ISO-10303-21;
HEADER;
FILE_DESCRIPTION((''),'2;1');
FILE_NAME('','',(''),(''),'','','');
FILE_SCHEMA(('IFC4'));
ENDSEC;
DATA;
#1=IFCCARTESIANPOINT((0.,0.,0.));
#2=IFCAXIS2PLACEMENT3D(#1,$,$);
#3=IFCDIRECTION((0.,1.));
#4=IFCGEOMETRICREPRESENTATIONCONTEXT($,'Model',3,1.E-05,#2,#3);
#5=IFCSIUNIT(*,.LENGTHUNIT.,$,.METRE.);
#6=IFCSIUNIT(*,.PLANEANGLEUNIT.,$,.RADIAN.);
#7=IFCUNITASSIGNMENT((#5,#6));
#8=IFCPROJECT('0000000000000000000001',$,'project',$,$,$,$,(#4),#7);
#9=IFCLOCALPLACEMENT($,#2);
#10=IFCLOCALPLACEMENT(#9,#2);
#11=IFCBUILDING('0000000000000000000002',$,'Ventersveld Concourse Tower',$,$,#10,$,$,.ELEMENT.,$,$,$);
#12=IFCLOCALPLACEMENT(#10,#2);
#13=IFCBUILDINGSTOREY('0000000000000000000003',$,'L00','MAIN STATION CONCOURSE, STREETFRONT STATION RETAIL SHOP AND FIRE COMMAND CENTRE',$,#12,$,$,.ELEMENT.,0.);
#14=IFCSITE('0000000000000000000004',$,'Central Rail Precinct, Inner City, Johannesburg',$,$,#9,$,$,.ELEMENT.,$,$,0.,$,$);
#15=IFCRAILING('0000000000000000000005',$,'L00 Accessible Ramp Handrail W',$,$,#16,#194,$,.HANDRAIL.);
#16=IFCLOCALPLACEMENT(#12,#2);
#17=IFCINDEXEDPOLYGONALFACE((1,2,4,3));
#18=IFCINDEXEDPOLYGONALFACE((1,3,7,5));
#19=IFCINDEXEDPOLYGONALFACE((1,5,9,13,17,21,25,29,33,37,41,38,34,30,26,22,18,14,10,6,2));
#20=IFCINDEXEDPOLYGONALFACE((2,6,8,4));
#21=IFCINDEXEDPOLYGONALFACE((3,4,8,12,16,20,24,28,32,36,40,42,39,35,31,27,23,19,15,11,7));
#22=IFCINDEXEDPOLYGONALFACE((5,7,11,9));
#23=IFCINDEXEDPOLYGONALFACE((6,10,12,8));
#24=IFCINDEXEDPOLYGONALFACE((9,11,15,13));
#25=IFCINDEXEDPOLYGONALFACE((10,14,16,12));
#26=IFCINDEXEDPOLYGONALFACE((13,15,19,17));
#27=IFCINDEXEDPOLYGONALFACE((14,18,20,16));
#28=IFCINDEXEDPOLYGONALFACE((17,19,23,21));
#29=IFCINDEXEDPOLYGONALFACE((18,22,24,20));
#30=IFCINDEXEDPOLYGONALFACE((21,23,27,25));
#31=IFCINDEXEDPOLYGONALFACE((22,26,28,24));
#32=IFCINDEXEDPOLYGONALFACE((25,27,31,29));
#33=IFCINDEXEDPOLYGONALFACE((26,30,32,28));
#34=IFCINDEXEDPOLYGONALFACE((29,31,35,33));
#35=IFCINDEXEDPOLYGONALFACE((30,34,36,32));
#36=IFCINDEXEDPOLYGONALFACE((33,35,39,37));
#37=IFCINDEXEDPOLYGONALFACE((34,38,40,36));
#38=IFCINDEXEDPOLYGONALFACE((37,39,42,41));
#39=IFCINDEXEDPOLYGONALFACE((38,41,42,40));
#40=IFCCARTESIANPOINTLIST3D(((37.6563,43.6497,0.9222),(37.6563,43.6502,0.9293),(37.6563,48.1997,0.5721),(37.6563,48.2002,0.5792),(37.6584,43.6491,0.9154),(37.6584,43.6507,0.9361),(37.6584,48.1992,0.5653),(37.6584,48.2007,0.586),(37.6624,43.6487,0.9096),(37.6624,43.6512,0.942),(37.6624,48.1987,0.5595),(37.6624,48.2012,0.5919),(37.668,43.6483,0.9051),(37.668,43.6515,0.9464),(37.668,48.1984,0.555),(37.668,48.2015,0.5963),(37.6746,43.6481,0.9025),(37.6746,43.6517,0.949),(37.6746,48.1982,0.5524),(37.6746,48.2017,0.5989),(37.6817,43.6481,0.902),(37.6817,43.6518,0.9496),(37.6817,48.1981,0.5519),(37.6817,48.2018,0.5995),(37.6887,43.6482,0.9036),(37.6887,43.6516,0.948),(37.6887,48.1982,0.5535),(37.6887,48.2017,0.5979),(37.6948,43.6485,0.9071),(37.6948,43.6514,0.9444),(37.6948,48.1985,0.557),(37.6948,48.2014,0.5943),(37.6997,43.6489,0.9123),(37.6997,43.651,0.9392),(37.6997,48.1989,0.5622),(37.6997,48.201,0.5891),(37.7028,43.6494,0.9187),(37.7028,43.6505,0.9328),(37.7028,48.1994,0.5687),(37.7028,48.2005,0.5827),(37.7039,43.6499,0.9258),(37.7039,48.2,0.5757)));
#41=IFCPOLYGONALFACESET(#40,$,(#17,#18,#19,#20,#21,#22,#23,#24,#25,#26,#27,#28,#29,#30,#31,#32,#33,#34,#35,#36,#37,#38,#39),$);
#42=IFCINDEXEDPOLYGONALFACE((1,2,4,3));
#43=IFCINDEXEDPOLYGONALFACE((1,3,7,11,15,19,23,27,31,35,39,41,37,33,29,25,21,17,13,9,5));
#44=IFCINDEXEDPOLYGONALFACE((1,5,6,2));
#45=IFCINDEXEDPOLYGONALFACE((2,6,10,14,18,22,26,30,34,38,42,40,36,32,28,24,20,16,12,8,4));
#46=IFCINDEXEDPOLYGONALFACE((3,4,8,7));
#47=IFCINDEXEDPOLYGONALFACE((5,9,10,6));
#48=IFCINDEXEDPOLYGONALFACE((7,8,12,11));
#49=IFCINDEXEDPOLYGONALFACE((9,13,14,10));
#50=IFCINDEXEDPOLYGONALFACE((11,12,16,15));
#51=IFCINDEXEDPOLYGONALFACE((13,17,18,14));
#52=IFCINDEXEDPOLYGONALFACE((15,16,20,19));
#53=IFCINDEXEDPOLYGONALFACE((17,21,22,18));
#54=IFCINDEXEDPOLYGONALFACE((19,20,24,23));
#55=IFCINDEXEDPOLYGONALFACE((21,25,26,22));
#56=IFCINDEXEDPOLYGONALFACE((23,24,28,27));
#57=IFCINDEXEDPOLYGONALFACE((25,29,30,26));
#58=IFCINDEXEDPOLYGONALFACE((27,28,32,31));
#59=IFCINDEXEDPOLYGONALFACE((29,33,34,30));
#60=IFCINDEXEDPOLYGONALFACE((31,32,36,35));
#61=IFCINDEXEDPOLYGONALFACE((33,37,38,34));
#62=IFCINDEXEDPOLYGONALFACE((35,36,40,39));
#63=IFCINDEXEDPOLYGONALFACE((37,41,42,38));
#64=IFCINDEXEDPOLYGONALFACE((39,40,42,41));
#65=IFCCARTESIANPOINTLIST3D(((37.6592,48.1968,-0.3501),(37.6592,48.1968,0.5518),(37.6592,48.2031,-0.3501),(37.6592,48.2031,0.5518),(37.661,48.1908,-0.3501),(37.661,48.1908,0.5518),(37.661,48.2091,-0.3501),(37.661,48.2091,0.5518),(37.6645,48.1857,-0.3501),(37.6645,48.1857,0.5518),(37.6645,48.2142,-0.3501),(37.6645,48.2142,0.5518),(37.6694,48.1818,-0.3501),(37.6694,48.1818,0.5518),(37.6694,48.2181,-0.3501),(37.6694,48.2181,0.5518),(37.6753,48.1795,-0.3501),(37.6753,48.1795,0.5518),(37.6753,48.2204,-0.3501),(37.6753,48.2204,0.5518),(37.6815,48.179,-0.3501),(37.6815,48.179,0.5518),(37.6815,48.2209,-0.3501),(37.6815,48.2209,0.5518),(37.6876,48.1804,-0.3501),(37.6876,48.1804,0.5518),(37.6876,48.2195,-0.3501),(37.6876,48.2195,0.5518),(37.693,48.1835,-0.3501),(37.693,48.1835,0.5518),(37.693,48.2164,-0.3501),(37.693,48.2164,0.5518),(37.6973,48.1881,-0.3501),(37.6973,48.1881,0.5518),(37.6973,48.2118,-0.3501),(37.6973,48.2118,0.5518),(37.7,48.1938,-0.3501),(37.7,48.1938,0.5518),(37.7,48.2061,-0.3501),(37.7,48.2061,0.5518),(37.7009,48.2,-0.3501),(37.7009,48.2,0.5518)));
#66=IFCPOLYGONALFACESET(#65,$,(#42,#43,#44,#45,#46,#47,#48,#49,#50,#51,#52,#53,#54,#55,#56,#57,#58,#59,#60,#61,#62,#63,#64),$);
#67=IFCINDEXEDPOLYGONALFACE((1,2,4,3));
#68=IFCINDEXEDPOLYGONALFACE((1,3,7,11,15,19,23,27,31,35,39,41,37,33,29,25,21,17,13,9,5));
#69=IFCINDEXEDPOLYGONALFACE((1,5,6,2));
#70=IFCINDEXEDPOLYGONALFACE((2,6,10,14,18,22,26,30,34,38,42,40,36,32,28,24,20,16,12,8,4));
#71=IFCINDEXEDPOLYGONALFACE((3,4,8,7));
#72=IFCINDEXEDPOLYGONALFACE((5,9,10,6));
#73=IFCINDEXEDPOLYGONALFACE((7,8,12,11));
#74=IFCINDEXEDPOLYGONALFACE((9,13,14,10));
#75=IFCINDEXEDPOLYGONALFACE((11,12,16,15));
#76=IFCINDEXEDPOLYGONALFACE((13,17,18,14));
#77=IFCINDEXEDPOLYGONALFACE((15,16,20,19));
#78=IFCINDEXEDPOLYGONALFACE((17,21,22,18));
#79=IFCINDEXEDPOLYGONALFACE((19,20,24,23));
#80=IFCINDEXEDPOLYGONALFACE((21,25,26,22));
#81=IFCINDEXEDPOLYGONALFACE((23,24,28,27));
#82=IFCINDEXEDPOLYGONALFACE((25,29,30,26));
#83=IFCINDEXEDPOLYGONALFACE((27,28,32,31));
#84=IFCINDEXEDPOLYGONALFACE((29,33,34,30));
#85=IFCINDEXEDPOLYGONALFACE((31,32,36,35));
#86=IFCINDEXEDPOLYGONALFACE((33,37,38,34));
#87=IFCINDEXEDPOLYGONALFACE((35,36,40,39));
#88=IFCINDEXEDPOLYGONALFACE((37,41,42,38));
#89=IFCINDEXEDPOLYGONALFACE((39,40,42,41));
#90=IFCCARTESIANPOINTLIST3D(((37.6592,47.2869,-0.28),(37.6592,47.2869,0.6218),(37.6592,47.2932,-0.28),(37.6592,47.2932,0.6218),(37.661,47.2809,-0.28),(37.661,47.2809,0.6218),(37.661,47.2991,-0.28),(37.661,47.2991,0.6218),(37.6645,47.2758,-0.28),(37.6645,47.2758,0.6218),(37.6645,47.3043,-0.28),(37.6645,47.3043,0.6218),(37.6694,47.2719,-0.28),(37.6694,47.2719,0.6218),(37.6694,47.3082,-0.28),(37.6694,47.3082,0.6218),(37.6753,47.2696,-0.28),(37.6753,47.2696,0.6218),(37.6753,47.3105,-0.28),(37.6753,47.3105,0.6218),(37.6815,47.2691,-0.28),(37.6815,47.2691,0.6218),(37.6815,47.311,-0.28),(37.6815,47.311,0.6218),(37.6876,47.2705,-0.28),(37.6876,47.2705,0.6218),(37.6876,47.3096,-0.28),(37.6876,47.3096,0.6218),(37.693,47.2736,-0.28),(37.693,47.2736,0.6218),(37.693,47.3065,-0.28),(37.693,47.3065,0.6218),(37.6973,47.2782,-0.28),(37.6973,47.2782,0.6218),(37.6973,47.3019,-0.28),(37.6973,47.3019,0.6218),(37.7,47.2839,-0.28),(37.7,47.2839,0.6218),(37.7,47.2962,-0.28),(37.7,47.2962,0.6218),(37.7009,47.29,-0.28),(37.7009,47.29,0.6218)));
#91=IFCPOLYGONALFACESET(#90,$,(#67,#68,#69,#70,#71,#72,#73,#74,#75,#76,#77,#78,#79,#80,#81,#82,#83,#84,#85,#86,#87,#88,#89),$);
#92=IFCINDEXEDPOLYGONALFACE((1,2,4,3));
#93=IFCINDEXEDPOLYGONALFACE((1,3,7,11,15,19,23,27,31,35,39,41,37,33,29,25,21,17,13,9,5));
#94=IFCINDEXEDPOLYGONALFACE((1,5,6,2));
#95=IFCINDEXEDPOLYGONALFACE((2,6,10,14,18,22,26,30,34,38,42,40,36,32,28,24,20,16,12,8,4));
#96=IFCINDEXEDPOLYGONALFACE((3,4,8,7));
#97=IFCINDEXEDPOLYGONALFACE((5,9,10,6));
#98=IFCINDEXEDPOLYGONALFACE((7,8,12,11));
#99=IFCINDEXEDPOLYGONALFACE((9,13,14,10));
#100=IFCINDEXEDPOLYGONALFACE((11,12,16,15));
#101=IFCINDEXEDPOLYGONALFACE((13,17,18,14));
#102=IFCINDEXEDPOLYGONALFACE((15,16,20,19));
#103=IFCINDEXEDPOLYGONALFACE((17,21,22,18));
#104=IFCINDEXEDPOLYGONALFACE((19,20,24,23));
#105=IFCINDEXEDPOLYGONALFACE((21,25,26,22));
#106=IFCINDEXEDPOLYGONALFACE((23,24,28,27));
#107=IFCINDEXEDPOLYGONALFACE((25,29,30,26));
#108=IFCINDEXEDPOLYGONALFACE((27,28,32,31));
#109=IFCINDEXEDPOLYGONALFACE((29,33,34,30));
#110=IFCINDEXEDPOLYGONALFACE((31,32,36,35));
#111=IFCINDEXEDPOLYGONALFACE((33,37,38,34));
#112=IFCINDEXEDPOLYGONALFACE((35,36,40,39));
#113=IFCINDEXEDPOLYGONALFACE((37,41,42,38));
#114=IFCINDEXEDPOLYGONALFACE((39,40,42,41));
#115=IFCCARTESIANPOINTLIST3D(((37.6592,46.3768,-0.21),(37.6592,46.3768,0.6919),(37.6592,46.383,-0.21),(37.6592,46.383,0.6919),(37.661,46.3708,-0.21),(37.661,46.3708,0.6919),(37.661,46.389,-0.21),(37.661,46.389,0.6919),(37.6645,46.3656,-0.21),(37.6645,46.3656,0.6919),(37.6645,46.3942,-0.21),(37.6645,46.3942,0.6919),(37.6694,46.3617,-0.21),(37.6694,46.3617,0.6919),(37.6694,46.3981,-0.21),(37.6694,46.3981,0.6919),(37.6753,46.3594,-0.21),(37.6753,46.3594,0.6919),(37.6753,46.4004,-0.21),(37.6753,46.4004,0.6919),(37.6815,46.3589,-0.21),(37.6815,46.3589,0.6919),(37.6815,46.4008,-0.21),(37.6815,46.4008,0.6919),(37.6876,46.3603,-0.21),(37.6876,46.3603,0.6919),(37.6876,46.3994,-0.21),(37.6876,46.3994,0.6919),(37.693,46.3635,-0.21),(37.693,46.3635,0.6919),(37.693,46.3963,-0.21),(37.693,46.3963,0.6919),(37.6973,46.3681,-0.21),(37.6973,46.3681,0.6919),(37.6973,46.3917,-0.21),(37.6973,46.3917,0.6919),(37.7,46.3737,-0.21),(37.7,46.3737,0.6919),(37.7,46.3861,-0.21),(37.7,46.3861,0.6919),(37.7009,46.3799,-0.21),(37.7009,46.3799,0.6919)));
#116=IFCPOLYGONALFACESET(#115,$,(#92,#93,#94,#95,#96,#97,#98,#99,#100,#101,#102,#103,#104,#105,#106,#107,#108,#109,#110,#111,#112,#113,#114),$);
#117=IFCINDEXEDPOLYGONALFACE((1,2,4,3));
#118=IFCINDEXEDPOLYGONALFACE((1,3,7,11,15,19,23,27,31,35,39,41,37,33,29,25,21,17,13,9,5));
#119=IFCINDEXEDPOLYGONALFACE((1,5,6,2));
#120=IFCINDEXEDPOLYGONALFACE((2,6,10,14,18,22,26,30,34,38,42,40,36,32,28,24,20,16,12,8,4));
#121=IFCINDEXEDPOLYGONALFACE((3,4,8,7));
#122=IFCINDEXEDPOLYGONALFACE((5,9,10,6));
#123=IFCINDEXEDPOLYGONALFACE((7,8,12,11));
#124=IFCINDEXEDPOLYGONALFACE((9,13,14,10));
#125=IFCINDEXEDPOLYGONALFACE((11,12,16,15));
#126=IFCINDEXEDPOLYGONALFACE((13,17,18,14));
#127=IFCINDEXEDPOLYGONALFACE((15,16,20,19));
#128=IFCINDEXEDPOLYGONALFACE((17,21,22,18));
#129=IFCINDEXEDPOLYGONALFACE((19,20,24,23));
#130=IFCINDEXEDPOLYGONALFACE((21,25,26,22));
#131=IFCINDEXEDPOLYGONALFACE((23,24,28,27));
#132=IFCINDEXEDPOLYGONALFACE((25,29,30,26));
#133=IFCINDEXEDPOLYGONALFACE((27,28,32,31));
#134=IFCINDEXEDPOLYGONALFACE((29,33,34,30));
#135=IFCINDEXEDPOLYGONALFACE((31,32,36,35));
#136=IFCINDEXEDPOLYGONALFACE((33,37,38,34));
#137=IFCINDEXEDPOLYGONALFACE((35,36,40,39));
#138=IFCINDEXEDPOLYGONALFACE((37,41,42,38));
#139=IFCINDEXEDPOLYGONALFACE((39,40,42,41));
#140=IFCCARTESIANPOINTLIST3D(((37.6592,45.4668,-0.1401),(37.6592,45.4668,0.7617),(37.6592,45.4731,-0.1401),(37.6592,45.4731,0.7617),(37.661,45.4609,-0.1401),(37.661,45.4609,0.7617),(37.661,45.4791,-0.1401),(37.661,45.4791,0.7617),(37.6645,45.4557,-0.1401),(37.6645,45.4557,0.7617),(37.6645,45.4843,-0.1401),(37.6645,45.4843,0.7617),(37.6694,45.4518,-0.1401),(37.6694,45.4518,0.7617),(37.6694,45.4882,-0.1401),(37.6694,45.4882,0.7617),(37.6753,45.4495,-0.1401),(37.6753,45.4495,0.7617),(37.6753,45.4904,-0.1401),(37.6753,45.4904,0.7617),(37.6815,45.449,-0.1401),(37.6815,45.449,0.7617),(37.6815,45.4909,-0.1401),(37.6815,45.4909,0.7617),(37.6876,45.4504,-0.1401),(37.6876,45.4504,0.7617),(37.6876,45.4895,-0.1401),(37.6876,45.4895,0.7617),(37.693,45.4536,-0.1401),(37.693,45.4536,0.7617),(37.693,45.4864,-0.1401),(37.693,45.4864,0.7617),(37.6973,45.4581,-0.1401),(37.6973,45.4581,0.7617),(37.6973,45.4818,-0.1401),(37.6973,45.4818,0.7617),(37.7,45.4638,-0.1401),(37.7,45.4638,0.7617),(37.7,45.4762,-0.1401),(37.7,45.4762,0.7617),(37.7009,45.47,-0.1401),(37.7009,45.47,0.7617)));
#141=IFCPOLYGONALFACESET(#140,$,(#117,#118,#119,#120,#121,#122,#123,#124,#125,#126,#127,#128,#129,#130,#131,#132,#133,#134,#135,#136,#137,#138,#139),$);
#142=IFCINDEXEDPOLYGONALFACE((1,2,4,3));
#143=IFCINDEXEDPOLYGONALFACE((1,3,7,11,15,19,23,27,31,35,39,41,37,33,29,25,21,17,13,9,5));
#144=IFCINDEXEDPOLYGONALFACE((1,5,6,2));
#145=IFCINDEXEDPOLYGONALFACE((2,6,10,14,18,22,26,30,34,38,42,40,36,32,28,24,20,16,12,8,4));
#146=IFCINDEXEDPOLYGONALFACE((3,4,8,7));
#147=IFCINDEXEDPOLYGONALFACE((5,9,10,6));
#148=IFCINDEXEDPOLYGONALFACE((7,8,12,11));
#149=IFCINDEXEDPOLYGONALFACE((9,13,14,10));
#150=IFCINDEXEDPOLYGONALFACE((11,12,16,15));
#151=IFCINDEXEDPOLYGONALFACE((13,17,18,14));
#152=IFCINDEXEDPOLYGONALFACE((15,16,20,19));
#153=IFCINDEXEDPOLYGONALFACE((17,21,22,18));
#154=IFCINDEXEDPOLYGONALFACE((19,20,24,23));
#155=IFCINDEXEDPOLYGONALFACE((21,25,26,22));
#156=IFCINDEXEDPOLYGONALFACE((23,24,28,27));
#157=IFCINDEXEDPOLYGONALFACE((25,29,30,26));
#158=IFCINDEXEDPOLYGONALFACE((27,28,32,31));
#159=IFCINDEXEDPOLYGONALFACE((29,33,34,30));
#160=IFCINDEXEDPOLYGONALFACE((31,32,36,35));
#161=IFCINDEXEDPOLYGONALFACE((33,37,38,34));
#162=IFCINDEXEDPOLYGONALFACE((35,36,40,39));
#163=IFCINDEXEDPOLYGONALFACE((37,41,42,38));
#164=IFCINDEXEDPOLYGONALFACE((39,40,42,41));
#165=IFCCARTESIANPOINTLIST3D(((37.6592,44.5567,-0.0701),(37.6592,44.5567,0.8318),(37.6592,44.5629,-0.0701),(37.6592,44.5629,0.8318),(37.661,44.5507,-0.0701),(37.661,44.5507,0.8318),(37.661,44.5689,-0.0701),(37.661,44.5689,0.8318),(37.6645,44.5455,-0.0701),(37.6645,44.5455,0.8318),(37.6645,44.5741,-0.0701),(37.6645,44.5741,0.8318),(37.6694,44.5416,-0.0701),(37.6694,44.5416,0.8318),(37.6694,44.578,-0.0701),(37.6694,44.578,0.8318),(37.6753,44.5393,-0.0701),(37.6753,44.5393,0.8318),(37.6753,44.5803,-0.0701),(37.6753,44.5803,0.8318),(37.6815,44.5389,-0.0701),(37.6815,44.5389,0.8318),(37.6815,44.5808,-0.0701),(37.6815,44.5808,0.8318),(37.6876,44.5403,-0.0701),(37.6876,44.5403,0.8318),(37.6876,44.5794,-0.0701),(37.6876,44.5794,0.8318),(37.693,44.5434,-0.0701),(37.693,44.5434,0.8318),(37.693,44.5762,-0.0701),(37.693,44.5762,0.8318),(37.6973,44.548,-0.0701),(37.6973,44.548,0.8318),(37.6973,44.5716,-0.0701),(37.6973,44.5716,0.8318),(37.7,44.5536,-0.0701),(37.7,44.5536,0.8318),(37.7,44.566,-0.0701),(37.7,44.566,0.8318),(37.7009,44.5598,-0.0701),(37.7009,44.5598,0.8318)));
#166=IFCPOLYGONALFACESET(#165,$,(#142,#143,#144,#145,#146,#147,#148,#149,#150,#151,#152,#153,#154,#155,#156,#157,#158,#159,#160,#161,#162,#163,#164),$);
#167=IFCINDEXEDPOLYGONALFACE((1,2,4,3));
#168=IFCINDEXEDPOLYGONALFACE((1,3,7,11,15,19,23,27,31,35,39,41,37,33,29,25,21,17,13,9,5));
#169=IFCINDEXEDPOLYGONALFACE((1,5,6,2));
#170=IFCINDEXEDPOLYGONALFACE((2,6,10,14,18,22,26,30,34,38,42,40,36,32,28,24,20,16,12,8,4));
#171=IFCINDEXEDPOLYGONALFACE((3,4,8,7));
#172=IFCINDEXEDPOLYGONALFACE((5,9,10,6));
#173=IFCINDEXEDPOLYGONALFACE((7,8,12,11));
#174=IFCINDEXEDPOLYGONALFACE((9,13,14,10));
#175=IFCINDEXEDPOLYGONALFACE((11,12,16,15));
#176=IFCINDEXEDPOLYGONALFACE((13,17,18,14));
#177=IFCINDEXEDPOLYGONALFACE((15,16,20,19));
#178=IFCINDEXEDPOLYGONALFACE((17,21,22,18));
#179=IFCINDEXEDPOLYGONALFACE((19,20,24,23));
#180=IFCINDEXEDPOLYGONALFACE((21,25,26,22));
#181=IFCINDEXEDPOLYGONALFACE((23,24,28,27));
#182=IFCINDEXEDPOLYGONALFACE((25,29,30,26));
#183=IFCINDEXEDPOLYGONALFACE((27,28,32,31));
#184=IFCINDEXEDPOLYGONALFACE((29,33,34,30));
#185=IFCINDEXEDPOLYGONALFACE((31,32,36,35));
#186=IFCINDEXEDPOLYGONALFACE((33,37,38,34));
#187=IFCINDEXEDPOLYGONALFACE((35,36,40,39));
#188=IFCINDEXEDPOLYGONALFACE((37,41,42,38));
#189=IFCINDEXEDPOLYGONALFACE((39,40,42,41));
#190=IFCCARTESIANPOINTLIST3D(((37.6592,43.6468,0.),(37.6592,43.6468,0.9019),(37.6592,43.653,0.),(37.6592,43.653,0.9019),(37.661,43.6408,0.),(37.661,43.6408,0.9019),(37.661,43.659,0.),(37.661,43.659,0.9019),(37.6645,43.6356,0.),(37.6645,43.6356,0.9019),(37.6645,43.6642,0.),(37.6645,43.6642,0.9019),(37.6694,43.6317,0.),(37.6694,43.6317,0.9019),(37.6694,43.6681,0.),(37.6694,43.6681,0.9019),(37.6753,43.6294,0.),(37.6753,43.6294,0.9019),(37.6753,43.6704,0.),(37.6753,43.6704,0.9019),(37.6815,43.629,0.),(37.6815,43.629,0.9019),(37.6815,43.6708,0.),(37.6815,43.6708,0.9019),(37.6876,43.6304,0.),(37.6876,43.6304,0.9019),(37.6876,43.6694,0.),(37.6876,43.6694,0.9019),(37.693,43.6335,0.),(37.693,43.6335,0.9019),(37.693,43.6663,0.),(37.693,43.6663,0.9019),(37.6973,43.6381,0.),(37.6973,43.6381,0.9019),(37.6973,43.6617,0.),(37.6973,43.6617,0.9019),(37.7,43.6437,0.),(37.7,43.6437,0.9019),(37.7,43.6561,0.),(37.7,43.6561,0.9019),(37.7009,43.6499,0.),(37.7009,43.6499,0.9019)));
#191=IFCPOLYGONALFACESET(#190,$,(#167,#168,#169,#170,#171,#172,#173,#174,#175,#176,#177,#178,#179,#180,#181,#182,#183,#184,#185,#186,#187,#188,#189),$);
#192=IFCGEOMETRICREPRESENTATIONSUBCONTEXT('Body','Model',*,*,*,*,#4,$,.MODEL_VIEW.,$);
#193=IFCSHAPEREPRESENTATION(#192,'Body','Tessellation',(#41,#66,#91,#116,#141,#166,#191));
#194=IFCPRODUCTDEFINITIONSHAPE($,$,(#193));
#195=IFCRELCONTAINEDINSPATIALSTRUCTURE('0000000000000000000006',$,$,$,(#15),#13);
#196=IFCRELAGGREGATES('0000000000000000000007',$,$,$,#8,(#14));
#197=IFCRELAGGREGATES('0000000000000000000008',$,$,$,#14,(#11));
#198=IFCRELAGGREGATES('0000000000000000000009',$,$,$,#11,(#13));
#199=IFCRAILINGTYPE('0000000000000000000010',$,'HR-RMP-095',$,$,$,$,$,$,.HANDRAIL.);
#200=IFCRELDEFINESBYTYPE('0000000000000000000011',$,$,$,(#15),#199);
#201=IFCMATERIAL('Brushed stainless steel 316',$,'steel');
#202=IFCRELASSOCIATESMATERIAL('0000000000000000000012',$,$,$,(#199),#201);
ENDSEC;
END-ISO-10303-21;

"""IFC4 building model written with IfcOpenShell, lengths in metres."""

from ifc_helpers import new_model, si_unit, direction, frame, origin, origin_2d, place, context, subcontext, project, spatial, circle, extrude, material, type_object, element, save


model = new_model("IFC4")

# Units and contexts
model_context = context("Model", 3, precision=1e-05, world=origin(), true_north=direction((0.0, 1.0)))
body_context = subcontext(model_context, "Body", "Model", "MODEL_VIEW")
ifc_project = project(units=[si_unit("LENGTHUNIT", "METRE"), si_unit("PLANEANGLEUNIT", "RADIAN")], contexts=[model_context])

# Site, building, storey
site_placement = place(None, origin())
site = spatial("IfcSite", under=ifc_project, at=site_placement, Name="Central Rail Precinct, Inner City, Johannesburg", CompositionType="ELEMENT", RefElevation=0.0)
building_placement = place(site_placement, origin())
building = spatial("IfcBuilding", under=site, at=building_placement, Name="Ventersveld Concourse Tower", CompositionType="ELEMENT")
storey_placement = place(building_placement, origin())
storey = spatial("IfcBuildingStorey", under=building, at=storey_placement, Name="L00", Description="MAIN STATION CONCOURSE, STREETFRONT STATION RETAIL SHOP AND FIRE COMMAND CENTRE", CompositionType="ELEMENT", Elevation=0.0)

# Railing
ifc_material_1 = material(Name="Brushed stainless steel 316", Category="steel")
railing_type = type_object("IfcRailingType", Name="HR-RMP-095", PredefinedType="HANDRAIL", material=ifc_material_1)
for number, where, name in (
    (1, (37.6799, 48.2, -0.3501), "L00 Accessible Ramp Handrail W"),
):
    element("IfcRailing", number, at=place(storey_placement, frame(where)), inside=storey, type_object=railing_type, Name=name, PredefinedType="HANDRAIL", context=body_context, shape_type="SweptSolid", body=[
        extrude(circle(Radius=0.0239, at=origin_2d()), frame((0.0, 0.0, 0.9258), z_axis=(0.0, -0.997053, 0.076717), x_axis=(1.0, 0.0, 0.0)), (0.0, 0.0, 1.0), 4.5635),
        extrude(circle(Radius=0.021, at=origin_2d()), origin(), (0.0, 0.0, 1.0), 0.9019),
        extrude(circle(Radius=0.021, at=origin_2d()), frame((0.0, -0.9099, 0.0701)), (0.0, 0.0, 1.0), 0.9019),
        extrude(circle(Radius=0.021, at=origin_2d()), frame((0.0, -1.8201, 0.1401)), (0.0, 0.0, 1.0), 0.9019),
        extrude(circle(Radius=0.021, at=origin_2d()), frame((0.0, -2.73, 0.21)), (0.0, 0.0, 1.0), 0.9019),
        extrude(circle(Radius=0.021, at=origin_2d()), frame((0.0, -3.6401, 0.28)), (0.0, 0.0, 1.0), 0.9019),
        extrude(circle(Radius=0.021, at=origin_2d()), frame((0.0, -4.55, 0.3501)), (0.0, 0.0, 1.0), 0.9019),
    ])

save(model, "model.ifc")
